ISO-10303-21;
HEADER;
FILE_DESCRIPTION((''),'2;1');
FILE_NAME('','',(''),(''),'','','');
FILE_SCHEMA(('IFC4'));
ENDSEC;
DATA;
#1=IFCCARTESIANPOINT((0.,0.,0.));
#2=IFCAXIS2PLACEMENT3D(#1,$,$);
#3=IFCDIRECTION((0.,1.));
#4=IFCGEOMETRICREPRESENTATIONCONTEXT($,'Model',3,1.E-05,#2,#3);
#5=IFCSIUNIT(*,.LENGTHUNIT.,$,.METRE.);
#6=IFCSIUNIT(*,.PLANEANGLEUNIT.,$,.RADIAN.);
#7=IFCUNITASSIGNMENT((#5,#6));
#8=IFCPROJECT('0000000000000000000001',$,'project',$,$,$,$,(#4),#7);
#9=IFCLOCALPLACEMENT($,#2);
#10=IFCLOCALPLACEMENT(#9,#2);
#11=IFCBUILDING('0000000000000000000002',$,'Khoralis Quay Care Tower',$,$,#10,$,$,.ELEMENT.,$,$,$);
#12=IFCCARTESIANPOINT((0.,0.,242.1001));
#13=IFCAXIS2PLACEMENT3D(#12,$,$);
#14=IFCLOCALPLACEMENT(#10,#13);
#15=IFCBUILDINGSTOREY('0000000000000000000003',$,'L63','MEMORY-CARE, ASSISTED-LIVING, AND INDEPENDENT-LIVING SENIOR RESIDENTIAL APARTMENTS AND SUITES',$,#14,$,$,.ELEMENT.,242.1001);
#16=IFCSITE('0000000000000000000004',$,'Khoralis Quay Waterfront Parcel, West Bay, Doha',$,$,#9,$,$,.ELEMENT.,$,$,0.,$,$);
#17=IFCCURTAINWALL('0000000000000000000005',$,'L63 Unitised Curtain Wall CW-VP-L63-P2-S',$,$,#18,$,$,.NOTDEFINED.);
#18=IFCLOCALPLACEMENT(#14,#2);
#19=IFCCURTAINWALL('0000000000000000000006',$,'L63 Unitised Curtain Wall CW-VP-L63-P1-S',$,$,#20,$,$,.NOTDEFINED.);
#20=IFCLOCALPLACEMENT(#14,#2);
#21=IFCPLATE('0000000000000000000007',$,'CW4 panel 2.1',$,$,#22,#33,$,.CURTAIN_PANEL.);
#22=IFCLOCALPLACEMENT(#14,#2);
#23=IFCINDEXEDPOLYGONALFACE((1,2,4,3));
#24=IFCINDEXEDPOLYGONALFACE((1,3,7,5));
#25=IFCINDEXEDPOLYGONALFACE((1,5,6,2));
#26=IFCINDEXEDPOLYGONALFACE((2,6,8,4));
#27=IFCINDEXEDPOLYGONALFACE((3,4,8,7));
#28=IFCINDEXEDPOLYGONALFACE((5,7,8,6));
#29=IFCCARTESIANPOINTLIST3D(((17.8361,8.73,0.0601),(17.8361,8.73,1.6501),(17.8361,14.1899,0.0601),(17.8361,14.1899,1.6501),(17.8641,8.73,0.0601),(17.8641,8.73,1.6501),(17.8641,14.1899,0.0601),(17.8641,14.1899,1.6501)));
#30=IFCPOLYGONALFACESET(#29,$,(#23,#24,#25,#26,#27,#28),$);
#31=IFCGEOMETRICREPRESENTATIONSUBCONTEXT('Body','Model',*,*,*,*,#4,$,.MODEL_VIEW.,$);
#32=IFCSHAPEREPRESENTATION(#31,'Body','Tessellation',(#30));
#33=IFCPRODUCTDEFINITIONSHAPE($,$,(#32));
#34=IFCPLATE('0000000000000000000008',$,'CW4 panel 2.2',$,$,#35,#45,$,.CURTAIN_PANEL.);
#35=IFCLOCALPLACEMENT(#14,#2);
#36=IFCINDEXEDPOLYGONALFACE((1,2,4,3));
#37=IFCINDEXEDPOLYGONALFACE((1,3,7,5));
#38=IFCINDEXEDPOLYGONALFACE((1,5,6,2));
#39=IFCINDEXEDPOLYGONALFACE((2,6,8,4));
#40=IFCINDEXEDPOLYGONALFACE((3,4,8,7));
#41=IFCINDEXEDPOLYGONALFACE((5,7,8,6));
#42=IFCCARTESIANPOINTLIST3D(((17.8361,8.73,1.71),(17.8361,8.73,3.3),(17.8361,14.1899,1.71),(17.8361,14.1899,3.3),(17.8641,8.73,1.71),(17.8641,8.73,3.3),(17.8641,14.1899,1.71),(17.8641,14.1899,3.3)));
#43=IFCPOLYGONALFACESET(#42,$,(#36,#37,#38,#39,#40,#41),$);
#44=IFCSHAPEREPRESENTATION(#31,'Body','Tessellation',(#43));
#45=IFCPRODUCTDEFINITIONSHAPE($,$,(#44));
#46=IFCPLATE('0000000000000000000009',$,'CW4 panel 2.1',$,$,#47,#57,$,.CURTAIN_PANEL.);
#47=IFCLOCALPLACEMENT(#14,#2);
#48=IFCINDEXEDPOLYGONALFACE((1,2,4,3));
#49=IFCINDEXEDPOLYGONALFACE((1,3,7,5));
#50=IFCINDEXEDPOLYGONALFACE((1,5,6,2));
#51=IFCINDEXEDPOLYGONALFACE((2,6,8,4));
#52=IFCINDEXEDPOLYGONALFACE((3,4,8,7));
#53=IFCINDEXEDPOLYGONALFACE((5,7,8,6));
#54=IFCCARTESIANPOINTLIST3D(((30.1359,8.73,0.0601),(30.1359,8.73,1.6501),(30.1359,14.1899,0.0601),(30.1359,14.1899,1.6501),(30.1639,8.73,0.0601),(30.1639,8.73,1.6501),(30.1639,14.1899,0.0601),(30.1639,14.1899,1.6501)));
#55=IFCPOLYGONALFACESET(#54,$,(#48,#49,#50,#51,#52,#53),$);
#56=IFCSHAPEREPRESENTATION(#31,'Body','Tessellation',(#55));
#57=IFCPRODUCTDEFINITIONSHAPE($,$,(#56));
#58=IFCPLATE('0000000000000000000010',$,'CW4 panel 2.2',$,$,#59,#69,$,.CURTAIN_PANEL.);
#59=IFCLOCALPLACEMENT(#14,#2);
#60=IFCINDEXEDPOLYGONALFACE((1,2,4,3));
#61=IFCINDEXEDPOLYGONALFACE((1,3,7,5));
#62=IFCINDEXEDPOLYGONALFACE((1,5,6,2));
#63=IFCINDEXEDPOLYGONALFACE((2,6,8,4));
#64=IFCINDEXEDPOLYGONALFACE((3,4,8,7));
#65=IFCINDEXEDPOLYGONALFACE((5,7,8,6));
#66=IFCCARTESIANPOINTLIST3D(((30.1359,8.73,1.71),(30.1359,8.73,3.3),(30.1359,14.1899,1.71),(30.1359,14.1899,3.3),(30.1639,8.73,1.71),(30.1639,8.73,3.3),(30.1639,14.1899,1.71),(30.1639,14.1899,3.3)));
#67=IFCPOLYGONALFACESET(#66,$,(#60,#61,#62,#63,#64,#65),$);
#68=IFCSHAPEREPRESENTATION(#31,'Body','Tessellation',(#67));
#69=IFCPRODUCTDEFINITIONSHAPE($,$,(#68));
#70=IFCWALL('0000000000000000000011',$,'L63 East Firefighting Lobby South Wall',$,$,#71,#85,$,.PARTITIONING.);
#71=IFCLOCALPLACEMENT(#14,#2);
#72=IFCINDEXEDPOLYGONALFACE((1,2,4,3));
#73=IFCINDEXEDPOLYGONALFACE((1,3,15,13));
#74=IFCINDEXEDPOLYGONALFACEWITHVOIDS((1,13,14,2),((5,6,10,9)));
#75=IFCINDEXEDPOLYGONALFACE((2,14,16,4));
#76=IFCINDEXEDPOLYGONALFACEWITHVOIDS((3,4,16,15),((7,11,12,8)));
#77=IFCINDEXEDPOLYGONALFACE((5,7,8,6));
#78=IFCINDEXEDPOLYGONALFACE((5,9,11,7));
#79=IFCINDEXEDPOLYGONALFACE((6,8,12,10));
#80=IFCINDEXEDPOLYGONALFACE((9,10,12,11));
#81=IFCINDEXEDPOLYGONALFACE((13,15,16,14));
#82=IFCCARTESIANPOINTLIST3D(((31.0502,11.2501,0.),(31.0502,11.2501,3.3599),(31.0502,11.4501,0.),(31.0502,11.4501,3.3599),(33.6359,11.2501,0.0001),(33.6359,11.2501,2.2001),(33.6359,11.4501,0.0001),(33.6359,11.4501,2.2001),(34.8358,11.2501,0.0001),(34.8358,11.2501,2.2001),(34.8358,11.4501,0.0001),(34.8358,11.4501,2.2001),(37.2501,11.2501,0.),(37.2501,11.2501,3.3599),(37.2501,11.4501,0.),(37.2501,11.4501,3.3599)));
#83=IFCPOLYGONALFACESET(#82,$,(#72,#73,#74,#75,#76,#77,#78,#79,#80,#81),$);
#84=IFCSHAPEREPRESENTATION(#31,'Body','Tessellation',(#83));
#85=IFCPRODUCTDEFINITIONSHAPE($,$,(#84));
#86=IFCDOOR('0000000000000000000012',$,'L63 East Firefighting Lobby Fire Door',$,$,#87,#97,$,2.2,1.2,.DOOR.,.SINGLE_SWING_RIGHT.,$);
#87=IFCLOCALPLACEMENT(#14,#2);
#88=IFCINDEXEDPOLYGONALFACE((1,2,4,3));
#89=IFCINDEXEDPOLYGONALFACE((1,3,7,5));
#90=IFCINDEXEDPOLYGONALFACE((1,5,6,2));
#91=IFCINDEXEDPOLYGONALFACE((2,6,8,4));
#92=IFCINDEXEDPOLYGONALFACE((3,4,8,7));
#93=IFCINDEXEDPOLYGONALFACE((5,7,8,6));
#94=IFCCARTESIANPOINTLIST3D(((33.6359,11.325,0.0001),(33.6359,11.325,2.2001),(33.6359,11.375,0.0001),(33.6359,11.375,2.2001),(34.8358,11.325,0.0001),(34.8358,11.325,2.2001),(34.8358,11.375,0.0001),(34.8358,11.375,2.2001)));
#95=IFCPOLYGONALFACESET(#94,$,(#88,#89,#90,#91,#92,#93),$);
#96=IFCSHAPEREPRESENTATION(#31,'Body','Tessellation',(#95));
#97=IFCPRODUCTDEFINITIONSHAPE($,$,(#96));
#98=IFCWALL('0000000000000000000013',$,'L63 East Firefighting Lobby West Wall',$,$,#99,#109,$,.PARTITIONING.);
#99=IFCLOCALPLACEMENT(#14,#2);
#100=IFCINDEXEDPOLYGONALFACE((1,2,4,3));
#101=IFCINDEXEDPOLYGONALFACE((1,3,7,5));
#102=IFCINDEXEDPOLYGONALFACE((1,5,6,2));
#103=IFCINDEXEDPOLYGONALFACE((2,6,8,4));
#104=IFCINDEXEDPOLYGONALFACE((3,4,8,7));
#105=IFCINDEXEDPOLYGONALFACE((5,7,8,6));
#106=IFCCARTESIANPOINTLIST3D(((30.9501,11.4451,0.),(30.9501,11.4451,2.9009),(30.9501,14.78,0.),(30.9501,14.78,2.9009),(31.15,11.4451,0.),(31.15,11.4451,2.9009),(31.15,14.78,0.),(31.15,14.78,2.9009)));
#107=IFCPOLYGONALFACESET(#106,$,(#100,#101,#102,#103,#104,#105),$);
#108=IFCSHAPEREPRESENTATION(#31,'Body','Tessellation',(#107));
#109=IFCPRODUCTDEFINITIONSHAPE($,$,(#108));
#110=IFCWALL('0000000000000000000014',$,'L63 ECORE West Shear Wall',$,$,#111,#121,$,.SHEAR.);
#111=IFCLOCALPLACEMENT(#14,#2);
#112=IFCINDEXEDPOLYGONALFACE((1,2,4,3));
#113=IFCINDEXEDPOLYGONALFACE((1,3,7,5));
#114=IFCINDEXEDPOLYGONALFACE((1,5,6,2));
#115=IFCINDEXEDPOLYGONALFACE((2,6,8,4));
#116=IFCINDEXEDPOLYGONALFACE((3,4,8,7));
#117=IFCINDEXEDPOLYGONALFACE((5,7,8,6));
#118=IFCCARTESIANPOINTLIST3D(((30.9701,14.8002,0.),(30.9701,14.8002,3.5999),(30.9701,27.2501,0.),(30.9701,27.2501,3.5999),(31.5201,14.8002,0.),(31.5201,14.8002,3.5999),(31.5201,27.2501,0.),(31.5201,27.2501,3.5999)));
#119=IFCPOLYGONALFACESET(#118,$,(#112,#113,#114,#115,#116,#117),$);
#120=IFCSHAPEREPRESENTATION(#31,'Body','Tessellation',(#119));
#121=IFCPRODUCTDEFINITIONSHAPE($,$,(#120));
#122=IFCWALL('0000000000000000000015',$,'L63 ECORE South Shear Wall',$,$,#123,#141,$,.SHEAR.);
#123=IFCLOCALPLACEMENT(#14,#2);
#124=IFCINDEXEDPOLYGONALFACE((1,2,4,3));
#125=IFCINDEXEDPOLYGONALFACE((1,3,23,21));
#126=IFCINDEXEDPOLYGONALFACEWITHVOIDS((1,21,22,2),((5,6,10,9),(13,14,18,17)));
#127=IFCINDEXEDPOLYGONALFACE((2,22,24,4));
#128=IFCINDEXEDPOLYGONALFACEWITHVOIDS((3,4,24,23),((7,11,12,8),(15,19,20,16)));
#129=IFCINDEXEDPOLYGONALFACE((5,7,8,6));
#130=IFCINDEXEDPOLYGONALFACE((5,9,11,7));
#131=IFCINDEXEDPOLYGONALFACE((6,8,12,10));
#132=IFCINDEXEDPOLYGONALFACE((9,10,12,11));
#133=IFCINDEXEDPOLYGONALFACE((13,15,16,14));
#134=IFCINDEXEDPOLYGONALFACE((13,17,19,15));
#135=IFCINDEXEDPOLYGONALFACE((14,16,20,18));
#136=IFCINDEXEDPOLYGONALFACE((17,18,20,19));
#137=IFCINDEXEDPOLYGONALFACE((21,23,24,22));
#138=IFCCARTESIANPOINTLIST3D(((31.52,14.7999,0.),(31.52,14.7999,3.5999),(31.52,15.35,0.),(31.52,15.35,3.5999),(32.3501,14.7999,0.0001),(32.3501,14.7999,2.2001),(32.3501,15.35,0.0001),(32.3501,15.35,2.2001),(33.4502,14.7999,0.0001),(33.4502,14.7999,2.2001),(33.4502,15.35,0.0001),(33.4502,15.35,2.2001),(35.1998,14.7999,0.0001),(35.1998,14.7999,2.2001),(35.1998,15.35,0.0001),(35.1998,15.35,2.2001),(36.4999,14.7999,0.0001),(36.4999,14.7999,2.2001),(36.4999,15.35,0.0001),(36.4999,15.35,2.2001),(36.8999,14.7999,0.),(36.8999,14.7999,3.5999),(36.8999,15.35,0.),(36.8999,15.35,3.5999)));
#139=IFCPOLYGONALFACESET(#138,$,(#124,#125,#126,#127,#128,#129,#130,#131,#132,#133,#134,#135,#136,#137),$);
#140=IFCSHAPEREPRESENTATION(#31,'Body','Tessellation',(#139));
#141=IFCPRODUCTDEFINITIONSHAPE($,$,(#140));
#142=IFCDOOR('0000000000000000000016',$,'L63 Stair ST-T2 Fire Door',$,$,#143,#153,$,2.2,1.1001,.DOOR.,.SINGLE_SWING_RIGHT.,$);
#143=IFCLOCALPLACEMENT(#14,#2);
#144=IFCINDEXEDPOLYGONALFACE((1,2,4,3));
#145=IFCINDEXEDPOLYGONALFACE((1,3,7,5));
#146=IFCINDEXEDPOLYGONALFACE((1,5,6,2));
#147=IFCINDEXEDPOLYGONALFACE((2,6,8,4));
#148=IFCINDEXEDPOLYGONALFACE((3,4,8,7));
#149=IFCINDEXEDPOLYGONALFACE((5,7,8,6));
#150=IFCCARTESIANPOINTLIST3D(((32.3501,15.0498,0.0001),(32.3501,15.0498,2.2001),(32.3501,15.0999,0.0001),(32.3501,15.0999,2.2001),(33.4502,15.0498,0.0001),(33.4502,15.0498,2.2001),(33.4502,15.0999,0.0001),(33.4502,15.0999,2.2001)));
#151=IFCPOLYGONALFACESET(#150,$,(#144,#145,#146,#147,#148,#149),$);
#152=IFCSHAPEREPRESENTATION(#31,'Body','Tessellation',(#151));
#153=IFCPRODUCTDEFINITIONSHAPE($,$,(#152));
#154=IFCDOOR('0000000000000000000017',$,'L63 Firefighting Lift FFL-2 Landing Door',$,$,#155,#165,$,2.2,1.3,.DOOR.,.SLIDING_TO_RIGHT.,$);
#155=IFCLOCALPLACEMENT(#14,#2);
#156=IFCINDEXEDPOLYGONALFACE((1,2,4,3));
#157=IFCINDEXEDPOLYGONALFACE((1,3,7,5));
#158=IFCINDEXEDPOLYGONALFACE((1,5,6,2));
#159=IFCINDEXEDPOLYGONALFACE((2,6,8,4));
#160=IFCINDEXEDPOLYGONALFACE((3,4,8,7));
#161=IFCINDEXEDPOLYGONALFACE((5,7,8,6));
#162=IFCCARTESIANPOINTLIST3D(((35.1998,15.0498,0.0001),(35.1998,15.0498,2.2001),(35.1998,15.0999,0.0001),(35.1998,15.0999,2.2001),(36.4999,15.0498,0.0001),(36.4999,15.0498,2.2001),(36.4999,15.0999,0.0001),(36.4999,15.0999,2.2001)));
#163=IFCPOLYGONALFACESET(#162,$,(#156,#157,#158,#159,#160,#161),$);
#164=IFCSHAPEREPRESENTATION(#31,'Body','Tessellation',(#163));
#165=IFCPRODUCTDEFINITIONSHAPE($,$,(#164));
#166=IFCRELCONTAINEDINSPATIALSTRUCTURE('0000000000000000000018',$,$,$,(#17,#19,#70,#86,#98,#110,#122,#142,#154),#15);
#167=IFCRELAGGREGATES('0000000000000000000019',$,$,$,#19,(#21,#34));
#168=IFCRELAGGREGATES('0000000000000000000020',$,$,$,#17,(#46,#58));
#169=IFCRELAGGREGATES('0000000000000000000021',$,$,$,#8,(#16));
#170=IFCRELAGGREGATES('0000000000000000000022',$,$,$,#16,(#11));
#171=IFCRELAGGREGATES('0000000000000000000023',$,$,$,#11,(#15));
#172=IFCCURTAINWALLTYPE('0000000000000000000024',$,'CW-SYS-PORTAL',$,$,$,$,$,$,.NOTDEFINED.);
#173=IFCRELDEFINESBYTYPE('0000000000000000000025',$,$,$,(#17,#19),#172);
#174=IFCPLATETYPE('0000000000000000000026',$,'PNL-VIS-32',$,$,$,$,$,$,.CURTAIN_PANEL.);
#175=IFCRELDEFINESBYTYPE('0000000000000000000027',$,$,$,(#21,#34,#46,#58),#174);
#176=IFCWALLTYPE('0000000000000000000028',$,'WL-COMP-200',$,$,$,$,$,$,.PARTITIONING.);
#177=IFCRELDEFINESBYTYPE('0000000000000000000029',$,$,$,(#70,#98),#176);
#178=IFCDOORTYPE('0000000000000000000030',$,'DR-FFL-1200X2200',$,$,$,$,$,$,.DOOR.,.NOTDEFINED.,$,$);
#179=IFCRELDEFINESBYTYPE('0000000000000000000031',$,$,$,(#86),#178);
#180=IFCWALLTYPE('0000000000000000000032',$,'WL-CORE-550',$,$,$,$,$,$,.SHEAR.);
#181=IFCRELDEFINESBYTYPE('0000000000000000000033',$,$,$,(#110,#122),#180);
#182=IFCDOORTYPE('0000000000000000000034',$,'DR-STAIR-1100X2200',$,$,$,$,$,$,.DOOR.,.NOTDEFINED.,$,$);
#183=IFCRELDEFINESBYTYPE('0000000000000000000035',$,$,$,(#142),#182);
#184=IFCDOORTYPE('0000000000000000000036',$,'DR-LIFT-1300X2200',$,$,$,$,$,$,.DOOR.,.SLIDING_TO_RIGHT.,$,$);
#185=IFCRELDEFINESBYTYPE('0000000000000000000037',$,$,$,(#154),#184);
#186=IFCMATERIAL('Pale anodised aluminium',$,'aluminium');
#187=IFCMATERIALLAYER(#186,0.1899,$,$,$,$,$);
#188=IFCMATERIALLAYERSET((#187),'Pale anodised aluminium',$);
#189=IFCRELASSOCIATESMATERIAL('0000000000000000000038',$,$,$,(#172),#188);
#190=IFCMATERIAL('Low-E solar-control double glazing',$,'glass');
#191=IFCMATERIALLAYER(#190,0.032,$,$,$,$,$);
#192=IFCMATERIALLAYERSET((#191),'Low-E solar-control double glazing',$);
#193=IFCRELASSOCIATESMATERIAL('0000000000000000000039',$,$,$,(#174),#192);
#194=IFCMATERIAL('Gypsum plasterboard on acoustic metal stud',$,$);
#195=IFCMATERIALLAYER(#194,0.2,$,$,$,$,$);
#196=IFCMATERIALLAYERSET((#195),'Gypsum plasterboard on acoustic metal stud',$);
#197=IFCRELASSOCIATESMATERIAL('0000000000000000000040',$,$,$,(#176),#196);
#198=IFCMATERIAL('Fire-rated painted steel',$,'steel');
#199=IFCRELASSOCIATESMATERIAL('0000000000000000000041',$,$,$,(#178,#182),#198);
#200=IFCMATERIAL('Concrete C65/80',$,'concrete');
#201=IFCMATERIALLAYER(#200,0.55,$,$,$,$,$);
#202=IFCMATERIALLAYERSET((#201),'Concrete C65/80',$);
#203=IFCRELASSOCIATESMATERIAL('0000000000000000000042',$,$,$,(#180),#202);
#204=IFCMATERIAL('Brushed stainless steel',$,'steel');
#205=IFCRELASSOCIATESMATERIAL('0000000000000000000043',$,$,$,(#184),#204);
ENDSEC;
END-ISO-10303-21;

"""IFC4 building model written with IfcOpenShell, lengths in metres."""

from ifc_helpers import new_model, si_unit, direction, frame, frame_2d, origin, origin_2d, place, context, subcontext, project, spatial, rectangle, extrude, source, transform, mapped, material, layer, layer_set, type_object, element, fill, aggregate, save


model = new_model("IFC4")

# Units and contexts
model_context = context("Model", 3, precision=1e-05, world=origin(), true_north=direction((0.0, 1.0)))
body_context = subcontext(model_context, "Body", "Model", "MODEL_VIEW")
ifc_project = project(units=[si_unit("LENGTHUNIT", "METRE"), si_unit("PLANEANGLEUNIT", "RADIAN")], contexts=[model_context])

# Site, building, storey
site_placement = place(None, origin())
site = spatial("IfcSite", under=ifc_project, at=site_placement, Name="Khoralis Quay Waterfront Parcel, West Bay, Doha", CompositionType="ELEMENT", RefElevation=0.0)
building_placement = place(site_placement, origin())
building = spatial("IfcBuilding", under=site, at=building_placement, Name="Khoralis Quay Care Tower", CompositionType="ELEMENT")
storey_placement = place(building_placement, frame((0.0, 0.0, 242.1001)))
storey = spatial("IfcBuildingStorey", under=building, at=storey_placement, Name="L63", Description="MEMORY-CARE, ASSISTED-LIVING, AND INDEPENDENT-LIVING SENIOR RESIDENTIAL APARTMENTS AND SUITES", CompositionType="ELEMENT", Elevation=242.1001)

# Curtain walls
ifc_material_1 = material(Name="Pale anodised aluminium", Category="aluminium")
ifc_layer_1 = layer(ifc_material_1, 0.1899)
ifc_layer_set_1 = layer_set([ifc_layer_1], Name="Pale anodised aluminium")
curtain_wall_type = type_object("IfcCurtainWallType", Name="CW-SYS-PORTAL", PredefinedType="NOTDEFINED", material=ifc_layer_set_1)
curtain_wall_1_placement = place(storey_placement, origin())
curtain_wall_1 = element("IfcCurtainWall", 1, at=curtain_wall_1_placement, inside=storey, type_object=curtain_wall_type, Name="L63 Unitised Curtain Wall CW-VP-L63-P2-S", PredefinedType="NOTDEFINED")
curtain_wall_2_placement = place(storey_placement, origin())
curtain_wall_2 = element("IfcCurtainWall", 2, at=curtain_wall_2_placement, inside=storey, type_object=curtain_wall_type, Name="L63 Unitised Curtain Wall CW-VP-L63-P1-S", PredefinedType="NOTDEFINED")

# Plates
ifc_material_2 = material(Name="Low-E solar-control double glazing", Category="glass")
ifc_layer_2 = layer(ifc_material_2, 0.032)
ifc_layer_set_2 = layer_set([ifc_layer_2], Name="Low-E solar-control double glazing")
plate_type = type_object("IfcPlateType", Name="PNL-VIS-32", PredefinedType="CURTAIN_PANEL", material=ifc_layer_set_2)
shared_shape_1 = source(origin(), body_context, "Body", "SweptSolid", [
    extrude(rectangle(XDim=5.46, YDim=0.0281, at=origin_2d()), origin(), (0.0, 0.0, 1.0), 1.5901),
])
plate_1_placement = place(storey_placement, frame((17.8501, 11.46, 0.0601), z_axis=(0.0, 0.0, 1.0), x_axis=(0.0, 1.0, 0.0)))
plate_1 = element("IfcPlate", 3, at=plate_1_placement, type_object=plate_type, Name="CW4 panel 2.1", PredefinedType="CURTAIN_PANEL", context=body_context, shape_type="MappedRepresentation", body=[
    mapped(shared_shape_1, transform((0.0, 0.0, 0.0), scale=1.0)),
])
plate_2_placement = place(storey_placement, frame((17.8501, 11.46, 1.71), z_axis=(0.0, 0.0, 1.0), x_axis=(0.0, 1.0, 0.0)))
plate_2 = element("IfcPlate", 4, at=plate_2_placement, type_object=plate_type, Name="CW4 panel 2.2", PredefinedType="CURTAIN_PANEL", context=body_context, shape_type="MappedRepresentation", body=[
    mapped(shared_shape_1, transform((0.0, 0.0, 0.0), scale=1.0)),
])
aggregate(curtain_wall_2, [plate_1, plate_2])
plate_3_placement = place(storey_placement, frame((30.1499, 11.46, 0.0601), z_axis=(0.0, 0.0, 1.0), x_axis=(0.0, 1.0, 0.0)))
plate_3 = element("IfcPlate", 5, at=plate_3_placement, type_object=plate_type, Name="CW4 panel 2.1", PredefinedType="CURTAIN_PANEL", context=body_context, shape_type="MappedRepresentation", body=[
    mapped(shared_shape_1, transform((0.0, 0.0, 0.0), scale=1.0)),
])
plate_4_placement = place(storey_placement, frame((30.1499, 11.46, 1.71), z_axis=(0.0, 0.0, 1.0), x_axis=(0.0, 1.0, 0.0)))
plate_4 = element("IfcPlate", 6, at=plate_4_placement, type_object=plate_type, Name="CW4 panel 2.2", PredefinedType="CURTAIN_PANEL", context=body_context, shape_type="MappedRepresentation", body=[
    mapped(shared_shape_1, transform((0.0, 0.0, 0.0), scale=1.0)),
])
aggregate(curtain_wall_1, [plate_3, plate_4])

# Wall, opening, door
ifc_material_3 = material(Name="Gypsum plasterboard on acoustic metal stud")
ifc_layer_3 = layer(ifc_material_3, 0.2)
ifc_layer_set_3 = layer_set([ifc_layer_3], Name="Gypsum plasterboard on acoustic metal stud")
wall_type_1 = type_object("IfcWallType", Name="WL-COMP-200", PredefinedType="PARTITIONING", material=ifc_layer_set_3)
wall_1_placement = place(storey_placement, frame((31.05, 11.3501, 0.0), z_axis=(0.0, 0.0, 1.0), x_axis=(1.0, 0.0, 0.0)))
wall_1 = element("IfcWall", 7, at=wall_1_placement, inside=storey, type_object=wall_type_1, Name="L63 East Firefighting Lobby South Wall", PredefinedType="PARTITIONING", context=body_context, shape_type="SweptSolid", body=[
    extrude(rectangle(XDim=6.2, YDim=0.2, at=frame_2d((3.1001, 0.0))), origin(), (0.0, 0.0, 1.0), 3.3599),
])
opening_1_placement = place(wall_1_placement, frame((2.5857, 0.0, 0.0)))
opening_1 = element("IfcOpeningElement", 8, at=opening_1_placement, cuts=wall_1, PredefinedType="OPENING", context=body_context, shape_type="SweptSolid", body=[
    extrude(rectangle(XDim=1.2, YDim=2.2, at=frame_2d((0.6001, 1.1001))), frame((0.0, 0.1099, 0.0), z_axis=(0.0, -1.0, 0.0), x_axis=(1.0, 0.0, 0.0)), (0.0, 0.0, 1.0), 0.22),
])
ifc_material_4 = material(Name="Fire-rated painted steel", Category="steel")
door_type_1 = type_object("IfcDoorType", Name="DR-FFL-1200X2200", OperationType="NOTDEFINED", PredefinedType="DOOR", material=ifc_material_4)
shared_shape_2 = source(origin(), body_context, "Body", "SweptSolid", [
    extrude(rectangle(XDim=1.2, YDim=2.2, at=frame_2d((0.6001, 1.1001))), frame((0.0, 0.0249, 0.0), z_axis=(0.0, -1.0, 0.0), x_axis=(1.0, 0.0, 0.0)), (0.0, 0.0, 1.0), 0.05),
])
door_1_placement = place(opening_1_placement, origin())
door_1 = element("IfcDoor", 9, at=door_1_placement, inside=storey, type_object=door_type_1, Name="L63 East Firefighting Lobby Fire Door", OperationType="SINGLE_SWING_RIGHT", OverallHeight=2.2, OverallWidth=1.2, PredefinedType="DOOR", context=body_context, shape_type="MappedRepresentation", body=[
    mapped(shared_shape_2, transform((0.0, 0.0, 0.0), scale=1.0)),
])
fill(opening_1, door_1)

# Walls
wall_2_placement = place(storey_placement, frame((31.05, 11.4451, 0.0), z_axis=(0.0, 0.0, 1.0), x_axis=(0.0, 1.0, 0.0)))
element("IfcWall", 10, at=wall_2_placement, inside=storey, type_object=wall_type_1, Name="L63 East Firefighting Lobby West Wall", PredefinedType="PARTITIONING", context=body_context, shape_type="SweptSolid", body=[
    extrude(rectangle(XDim=3.335, YDim=0.2, at=frame_2d((1.6675, 0.0))), origin(), (0.0, 0.0, 1.0), 2.9009),
])
ifc_material_5 = material(Name="Concrete C65/80", Category="concrete")
ifc_layer_4 = layer(ifc_material_5, 0.55)
ifc_layer_set_4 = layer_set([ifc_layer_4], Name="Concrete C65/80")
wall_type_2 = type_object("IfcWallType", Name="WL-CORE-550", PredefinedType="SHEAR", material=ifc_layer_set_4)
wall_3_placement = place(storey_placement, frame((31.2451, 14.8, 0.0), z_axis=(0.0, 0.0, 1.0), x_axis=(0.0, 1.0, 0.0)))
element("IfcWall", 11, at=wall_3_placement, inside=storey, type_object=wall_type_2, Name="L63 ECORE West Shear Wall", PredefinedType="SHEAR", context=body_context, shape_type="SweptSolid", body=[
    extrude(rectangle(XDim=12.45, YDim=0.55, at=frame_2d((6.2251, 0.0))), origin(), (0.0, 0.0, 1.0), 3.5999),
])

# Wall, openings, doors
wall_4_placement = place(storey_placement, frame((31.52, 15.075, 0.0), z_axis=(0.0, 0.0, 1.0), x_axis=(1.0, 0.0, 0.0)))
wall_4 = element("IfcWall", 12, at=wall_4_placement, inside=storey, type_object=wall_type_2, Name="L63 ECORE South Shear Wall", PredefinedType="SHEAR", context=body_context, shape_type="SweptSolid", body=[
    extrude(rectangle(XDim=5.3799, YDim=0.55, at=frame_2d((2.6899, 0.0))), origin(), (0.0, 0.0, 1.0), 3.5999),
])
opening_2_placement = place(wall_4_placement, frame((0.8301, 0.0, 0.0)))
opening_2 = element("IfcOpeningElement", 13, at=opening_2_placement, cuts=wall_4, PredefinedType="OPENING", context=body_context, shape_type="SweptSolid", body=[
    extrude(rectangle(XDim=1.1001, YDim=2.2, at=frame_2d((0.55, 1.1001))), frame((0.0, 0.2852, 0.0), z_axis=(0.0, -1.0, 0.0), x_axis=(1.0, 0.0, 0.0)), (0.0, 0.0, 1.0), 0.5701),
])
opening_3_placement = place(wall_4_placement, frame((3.6799, 0.0, 0.0)))
opening_3 = element("IfcOpeningElement", 14, at=opening_3_placement, cuts=wall_4, PredefinedType="OPENING", context=body_context, shape_type="SweptSolid", body=[
    extrude(rectangle(XDim=1.3, YDim=2.2, at=frame_2d((0.6499, 1.1001))), frame((0.0, 0.2852, 0.0), z_axis=(0.0, -1.0, 0.0), x_axis=(1.0, 0.0, 0.0)), (0.0, 0.0, 1.0), 0.5701),
])
door_type_2 = type_object("IfcDoorType", Name="DR-STAIR-1100X2200", OperationType="NOTDEFINED", PredefinedType="DOOR", material=ifc_material_4)
shared_shape_3 = source(origin(), body_context, "Body", "SweptSolid", [
    extrude(rectangle(XDim=1.1001, YDim=2.2, at=frame_2d((0.55, 1.1001))), frame((0.0, 0.0249, 0.0), z_axis=(0.0, -1.0, 0.0), x_axis=(1.0, 0.0, 0.0)), (0.0, 0.0, 1.0), 0.05),
])
door_2_placement = place(opening_2_placement, origin())
door_2 = element("IfcDoor", 15, at=door_2_placement, inside=storey, type_object=door_type_2, Name="L63 Stair ST-T2 Fire Door", OperationType="SINGLE_SWING_RIGHT", OverallHeight=2.2, OverallWidth=1.1001, PredefinedType="DOOR", context=body_context, shape_type="MappedRepresentation", body=[
    mapped(shared_shape_3, transform((0.0, 0.0, 0.0), scale=1.0)),
])
fill(opening_2, door_2)
ifc_material_6 = material(Name="Brushed stainless steel", Category="steel")
door_type_3 = type_object("IfcDoorType", Name="DR-LIFT-1300X2200", OperationType="SLIDING_TO_RIGHT", PredefinedType="DOOR", material=ifc_material_6)
shared_shape_4 = source(origin(), body_context, "Body", "SweptSolid", [
    extrude(rectangle(XDim=1.3, YDim=2.2, at=frame_2d((0.6499, 1.1001))), frame((0.0, 0.0249, 0.0), z_axis=(0.0, -1.0, 0.0), x_axis=(1.0, 0.0, 0.0)), (0.0, 0.0, 1.0), 0.05),
])
door_3_placement = place(opening_3_placement, origin())
door_3 = element("IfcDoor", 16, at=door_3_placement, inside=storey, type_object=door_type_3, Name="L63 Firefighting Lift FFL-2 Landing Door", OperationType="SLIDING_TO_RIGHT", OverallHeight=2.2, OverallWidth=1.3, PredefinedType="DOOR", context=body_context, shape_type="MappedRepresentation", body=[
    mapped(shared_shape_4, transform((0.0, 0.0, 0.0), scale=1.0)),
])
fill(opening_3, door_3)

save(model, "model.ifc")
